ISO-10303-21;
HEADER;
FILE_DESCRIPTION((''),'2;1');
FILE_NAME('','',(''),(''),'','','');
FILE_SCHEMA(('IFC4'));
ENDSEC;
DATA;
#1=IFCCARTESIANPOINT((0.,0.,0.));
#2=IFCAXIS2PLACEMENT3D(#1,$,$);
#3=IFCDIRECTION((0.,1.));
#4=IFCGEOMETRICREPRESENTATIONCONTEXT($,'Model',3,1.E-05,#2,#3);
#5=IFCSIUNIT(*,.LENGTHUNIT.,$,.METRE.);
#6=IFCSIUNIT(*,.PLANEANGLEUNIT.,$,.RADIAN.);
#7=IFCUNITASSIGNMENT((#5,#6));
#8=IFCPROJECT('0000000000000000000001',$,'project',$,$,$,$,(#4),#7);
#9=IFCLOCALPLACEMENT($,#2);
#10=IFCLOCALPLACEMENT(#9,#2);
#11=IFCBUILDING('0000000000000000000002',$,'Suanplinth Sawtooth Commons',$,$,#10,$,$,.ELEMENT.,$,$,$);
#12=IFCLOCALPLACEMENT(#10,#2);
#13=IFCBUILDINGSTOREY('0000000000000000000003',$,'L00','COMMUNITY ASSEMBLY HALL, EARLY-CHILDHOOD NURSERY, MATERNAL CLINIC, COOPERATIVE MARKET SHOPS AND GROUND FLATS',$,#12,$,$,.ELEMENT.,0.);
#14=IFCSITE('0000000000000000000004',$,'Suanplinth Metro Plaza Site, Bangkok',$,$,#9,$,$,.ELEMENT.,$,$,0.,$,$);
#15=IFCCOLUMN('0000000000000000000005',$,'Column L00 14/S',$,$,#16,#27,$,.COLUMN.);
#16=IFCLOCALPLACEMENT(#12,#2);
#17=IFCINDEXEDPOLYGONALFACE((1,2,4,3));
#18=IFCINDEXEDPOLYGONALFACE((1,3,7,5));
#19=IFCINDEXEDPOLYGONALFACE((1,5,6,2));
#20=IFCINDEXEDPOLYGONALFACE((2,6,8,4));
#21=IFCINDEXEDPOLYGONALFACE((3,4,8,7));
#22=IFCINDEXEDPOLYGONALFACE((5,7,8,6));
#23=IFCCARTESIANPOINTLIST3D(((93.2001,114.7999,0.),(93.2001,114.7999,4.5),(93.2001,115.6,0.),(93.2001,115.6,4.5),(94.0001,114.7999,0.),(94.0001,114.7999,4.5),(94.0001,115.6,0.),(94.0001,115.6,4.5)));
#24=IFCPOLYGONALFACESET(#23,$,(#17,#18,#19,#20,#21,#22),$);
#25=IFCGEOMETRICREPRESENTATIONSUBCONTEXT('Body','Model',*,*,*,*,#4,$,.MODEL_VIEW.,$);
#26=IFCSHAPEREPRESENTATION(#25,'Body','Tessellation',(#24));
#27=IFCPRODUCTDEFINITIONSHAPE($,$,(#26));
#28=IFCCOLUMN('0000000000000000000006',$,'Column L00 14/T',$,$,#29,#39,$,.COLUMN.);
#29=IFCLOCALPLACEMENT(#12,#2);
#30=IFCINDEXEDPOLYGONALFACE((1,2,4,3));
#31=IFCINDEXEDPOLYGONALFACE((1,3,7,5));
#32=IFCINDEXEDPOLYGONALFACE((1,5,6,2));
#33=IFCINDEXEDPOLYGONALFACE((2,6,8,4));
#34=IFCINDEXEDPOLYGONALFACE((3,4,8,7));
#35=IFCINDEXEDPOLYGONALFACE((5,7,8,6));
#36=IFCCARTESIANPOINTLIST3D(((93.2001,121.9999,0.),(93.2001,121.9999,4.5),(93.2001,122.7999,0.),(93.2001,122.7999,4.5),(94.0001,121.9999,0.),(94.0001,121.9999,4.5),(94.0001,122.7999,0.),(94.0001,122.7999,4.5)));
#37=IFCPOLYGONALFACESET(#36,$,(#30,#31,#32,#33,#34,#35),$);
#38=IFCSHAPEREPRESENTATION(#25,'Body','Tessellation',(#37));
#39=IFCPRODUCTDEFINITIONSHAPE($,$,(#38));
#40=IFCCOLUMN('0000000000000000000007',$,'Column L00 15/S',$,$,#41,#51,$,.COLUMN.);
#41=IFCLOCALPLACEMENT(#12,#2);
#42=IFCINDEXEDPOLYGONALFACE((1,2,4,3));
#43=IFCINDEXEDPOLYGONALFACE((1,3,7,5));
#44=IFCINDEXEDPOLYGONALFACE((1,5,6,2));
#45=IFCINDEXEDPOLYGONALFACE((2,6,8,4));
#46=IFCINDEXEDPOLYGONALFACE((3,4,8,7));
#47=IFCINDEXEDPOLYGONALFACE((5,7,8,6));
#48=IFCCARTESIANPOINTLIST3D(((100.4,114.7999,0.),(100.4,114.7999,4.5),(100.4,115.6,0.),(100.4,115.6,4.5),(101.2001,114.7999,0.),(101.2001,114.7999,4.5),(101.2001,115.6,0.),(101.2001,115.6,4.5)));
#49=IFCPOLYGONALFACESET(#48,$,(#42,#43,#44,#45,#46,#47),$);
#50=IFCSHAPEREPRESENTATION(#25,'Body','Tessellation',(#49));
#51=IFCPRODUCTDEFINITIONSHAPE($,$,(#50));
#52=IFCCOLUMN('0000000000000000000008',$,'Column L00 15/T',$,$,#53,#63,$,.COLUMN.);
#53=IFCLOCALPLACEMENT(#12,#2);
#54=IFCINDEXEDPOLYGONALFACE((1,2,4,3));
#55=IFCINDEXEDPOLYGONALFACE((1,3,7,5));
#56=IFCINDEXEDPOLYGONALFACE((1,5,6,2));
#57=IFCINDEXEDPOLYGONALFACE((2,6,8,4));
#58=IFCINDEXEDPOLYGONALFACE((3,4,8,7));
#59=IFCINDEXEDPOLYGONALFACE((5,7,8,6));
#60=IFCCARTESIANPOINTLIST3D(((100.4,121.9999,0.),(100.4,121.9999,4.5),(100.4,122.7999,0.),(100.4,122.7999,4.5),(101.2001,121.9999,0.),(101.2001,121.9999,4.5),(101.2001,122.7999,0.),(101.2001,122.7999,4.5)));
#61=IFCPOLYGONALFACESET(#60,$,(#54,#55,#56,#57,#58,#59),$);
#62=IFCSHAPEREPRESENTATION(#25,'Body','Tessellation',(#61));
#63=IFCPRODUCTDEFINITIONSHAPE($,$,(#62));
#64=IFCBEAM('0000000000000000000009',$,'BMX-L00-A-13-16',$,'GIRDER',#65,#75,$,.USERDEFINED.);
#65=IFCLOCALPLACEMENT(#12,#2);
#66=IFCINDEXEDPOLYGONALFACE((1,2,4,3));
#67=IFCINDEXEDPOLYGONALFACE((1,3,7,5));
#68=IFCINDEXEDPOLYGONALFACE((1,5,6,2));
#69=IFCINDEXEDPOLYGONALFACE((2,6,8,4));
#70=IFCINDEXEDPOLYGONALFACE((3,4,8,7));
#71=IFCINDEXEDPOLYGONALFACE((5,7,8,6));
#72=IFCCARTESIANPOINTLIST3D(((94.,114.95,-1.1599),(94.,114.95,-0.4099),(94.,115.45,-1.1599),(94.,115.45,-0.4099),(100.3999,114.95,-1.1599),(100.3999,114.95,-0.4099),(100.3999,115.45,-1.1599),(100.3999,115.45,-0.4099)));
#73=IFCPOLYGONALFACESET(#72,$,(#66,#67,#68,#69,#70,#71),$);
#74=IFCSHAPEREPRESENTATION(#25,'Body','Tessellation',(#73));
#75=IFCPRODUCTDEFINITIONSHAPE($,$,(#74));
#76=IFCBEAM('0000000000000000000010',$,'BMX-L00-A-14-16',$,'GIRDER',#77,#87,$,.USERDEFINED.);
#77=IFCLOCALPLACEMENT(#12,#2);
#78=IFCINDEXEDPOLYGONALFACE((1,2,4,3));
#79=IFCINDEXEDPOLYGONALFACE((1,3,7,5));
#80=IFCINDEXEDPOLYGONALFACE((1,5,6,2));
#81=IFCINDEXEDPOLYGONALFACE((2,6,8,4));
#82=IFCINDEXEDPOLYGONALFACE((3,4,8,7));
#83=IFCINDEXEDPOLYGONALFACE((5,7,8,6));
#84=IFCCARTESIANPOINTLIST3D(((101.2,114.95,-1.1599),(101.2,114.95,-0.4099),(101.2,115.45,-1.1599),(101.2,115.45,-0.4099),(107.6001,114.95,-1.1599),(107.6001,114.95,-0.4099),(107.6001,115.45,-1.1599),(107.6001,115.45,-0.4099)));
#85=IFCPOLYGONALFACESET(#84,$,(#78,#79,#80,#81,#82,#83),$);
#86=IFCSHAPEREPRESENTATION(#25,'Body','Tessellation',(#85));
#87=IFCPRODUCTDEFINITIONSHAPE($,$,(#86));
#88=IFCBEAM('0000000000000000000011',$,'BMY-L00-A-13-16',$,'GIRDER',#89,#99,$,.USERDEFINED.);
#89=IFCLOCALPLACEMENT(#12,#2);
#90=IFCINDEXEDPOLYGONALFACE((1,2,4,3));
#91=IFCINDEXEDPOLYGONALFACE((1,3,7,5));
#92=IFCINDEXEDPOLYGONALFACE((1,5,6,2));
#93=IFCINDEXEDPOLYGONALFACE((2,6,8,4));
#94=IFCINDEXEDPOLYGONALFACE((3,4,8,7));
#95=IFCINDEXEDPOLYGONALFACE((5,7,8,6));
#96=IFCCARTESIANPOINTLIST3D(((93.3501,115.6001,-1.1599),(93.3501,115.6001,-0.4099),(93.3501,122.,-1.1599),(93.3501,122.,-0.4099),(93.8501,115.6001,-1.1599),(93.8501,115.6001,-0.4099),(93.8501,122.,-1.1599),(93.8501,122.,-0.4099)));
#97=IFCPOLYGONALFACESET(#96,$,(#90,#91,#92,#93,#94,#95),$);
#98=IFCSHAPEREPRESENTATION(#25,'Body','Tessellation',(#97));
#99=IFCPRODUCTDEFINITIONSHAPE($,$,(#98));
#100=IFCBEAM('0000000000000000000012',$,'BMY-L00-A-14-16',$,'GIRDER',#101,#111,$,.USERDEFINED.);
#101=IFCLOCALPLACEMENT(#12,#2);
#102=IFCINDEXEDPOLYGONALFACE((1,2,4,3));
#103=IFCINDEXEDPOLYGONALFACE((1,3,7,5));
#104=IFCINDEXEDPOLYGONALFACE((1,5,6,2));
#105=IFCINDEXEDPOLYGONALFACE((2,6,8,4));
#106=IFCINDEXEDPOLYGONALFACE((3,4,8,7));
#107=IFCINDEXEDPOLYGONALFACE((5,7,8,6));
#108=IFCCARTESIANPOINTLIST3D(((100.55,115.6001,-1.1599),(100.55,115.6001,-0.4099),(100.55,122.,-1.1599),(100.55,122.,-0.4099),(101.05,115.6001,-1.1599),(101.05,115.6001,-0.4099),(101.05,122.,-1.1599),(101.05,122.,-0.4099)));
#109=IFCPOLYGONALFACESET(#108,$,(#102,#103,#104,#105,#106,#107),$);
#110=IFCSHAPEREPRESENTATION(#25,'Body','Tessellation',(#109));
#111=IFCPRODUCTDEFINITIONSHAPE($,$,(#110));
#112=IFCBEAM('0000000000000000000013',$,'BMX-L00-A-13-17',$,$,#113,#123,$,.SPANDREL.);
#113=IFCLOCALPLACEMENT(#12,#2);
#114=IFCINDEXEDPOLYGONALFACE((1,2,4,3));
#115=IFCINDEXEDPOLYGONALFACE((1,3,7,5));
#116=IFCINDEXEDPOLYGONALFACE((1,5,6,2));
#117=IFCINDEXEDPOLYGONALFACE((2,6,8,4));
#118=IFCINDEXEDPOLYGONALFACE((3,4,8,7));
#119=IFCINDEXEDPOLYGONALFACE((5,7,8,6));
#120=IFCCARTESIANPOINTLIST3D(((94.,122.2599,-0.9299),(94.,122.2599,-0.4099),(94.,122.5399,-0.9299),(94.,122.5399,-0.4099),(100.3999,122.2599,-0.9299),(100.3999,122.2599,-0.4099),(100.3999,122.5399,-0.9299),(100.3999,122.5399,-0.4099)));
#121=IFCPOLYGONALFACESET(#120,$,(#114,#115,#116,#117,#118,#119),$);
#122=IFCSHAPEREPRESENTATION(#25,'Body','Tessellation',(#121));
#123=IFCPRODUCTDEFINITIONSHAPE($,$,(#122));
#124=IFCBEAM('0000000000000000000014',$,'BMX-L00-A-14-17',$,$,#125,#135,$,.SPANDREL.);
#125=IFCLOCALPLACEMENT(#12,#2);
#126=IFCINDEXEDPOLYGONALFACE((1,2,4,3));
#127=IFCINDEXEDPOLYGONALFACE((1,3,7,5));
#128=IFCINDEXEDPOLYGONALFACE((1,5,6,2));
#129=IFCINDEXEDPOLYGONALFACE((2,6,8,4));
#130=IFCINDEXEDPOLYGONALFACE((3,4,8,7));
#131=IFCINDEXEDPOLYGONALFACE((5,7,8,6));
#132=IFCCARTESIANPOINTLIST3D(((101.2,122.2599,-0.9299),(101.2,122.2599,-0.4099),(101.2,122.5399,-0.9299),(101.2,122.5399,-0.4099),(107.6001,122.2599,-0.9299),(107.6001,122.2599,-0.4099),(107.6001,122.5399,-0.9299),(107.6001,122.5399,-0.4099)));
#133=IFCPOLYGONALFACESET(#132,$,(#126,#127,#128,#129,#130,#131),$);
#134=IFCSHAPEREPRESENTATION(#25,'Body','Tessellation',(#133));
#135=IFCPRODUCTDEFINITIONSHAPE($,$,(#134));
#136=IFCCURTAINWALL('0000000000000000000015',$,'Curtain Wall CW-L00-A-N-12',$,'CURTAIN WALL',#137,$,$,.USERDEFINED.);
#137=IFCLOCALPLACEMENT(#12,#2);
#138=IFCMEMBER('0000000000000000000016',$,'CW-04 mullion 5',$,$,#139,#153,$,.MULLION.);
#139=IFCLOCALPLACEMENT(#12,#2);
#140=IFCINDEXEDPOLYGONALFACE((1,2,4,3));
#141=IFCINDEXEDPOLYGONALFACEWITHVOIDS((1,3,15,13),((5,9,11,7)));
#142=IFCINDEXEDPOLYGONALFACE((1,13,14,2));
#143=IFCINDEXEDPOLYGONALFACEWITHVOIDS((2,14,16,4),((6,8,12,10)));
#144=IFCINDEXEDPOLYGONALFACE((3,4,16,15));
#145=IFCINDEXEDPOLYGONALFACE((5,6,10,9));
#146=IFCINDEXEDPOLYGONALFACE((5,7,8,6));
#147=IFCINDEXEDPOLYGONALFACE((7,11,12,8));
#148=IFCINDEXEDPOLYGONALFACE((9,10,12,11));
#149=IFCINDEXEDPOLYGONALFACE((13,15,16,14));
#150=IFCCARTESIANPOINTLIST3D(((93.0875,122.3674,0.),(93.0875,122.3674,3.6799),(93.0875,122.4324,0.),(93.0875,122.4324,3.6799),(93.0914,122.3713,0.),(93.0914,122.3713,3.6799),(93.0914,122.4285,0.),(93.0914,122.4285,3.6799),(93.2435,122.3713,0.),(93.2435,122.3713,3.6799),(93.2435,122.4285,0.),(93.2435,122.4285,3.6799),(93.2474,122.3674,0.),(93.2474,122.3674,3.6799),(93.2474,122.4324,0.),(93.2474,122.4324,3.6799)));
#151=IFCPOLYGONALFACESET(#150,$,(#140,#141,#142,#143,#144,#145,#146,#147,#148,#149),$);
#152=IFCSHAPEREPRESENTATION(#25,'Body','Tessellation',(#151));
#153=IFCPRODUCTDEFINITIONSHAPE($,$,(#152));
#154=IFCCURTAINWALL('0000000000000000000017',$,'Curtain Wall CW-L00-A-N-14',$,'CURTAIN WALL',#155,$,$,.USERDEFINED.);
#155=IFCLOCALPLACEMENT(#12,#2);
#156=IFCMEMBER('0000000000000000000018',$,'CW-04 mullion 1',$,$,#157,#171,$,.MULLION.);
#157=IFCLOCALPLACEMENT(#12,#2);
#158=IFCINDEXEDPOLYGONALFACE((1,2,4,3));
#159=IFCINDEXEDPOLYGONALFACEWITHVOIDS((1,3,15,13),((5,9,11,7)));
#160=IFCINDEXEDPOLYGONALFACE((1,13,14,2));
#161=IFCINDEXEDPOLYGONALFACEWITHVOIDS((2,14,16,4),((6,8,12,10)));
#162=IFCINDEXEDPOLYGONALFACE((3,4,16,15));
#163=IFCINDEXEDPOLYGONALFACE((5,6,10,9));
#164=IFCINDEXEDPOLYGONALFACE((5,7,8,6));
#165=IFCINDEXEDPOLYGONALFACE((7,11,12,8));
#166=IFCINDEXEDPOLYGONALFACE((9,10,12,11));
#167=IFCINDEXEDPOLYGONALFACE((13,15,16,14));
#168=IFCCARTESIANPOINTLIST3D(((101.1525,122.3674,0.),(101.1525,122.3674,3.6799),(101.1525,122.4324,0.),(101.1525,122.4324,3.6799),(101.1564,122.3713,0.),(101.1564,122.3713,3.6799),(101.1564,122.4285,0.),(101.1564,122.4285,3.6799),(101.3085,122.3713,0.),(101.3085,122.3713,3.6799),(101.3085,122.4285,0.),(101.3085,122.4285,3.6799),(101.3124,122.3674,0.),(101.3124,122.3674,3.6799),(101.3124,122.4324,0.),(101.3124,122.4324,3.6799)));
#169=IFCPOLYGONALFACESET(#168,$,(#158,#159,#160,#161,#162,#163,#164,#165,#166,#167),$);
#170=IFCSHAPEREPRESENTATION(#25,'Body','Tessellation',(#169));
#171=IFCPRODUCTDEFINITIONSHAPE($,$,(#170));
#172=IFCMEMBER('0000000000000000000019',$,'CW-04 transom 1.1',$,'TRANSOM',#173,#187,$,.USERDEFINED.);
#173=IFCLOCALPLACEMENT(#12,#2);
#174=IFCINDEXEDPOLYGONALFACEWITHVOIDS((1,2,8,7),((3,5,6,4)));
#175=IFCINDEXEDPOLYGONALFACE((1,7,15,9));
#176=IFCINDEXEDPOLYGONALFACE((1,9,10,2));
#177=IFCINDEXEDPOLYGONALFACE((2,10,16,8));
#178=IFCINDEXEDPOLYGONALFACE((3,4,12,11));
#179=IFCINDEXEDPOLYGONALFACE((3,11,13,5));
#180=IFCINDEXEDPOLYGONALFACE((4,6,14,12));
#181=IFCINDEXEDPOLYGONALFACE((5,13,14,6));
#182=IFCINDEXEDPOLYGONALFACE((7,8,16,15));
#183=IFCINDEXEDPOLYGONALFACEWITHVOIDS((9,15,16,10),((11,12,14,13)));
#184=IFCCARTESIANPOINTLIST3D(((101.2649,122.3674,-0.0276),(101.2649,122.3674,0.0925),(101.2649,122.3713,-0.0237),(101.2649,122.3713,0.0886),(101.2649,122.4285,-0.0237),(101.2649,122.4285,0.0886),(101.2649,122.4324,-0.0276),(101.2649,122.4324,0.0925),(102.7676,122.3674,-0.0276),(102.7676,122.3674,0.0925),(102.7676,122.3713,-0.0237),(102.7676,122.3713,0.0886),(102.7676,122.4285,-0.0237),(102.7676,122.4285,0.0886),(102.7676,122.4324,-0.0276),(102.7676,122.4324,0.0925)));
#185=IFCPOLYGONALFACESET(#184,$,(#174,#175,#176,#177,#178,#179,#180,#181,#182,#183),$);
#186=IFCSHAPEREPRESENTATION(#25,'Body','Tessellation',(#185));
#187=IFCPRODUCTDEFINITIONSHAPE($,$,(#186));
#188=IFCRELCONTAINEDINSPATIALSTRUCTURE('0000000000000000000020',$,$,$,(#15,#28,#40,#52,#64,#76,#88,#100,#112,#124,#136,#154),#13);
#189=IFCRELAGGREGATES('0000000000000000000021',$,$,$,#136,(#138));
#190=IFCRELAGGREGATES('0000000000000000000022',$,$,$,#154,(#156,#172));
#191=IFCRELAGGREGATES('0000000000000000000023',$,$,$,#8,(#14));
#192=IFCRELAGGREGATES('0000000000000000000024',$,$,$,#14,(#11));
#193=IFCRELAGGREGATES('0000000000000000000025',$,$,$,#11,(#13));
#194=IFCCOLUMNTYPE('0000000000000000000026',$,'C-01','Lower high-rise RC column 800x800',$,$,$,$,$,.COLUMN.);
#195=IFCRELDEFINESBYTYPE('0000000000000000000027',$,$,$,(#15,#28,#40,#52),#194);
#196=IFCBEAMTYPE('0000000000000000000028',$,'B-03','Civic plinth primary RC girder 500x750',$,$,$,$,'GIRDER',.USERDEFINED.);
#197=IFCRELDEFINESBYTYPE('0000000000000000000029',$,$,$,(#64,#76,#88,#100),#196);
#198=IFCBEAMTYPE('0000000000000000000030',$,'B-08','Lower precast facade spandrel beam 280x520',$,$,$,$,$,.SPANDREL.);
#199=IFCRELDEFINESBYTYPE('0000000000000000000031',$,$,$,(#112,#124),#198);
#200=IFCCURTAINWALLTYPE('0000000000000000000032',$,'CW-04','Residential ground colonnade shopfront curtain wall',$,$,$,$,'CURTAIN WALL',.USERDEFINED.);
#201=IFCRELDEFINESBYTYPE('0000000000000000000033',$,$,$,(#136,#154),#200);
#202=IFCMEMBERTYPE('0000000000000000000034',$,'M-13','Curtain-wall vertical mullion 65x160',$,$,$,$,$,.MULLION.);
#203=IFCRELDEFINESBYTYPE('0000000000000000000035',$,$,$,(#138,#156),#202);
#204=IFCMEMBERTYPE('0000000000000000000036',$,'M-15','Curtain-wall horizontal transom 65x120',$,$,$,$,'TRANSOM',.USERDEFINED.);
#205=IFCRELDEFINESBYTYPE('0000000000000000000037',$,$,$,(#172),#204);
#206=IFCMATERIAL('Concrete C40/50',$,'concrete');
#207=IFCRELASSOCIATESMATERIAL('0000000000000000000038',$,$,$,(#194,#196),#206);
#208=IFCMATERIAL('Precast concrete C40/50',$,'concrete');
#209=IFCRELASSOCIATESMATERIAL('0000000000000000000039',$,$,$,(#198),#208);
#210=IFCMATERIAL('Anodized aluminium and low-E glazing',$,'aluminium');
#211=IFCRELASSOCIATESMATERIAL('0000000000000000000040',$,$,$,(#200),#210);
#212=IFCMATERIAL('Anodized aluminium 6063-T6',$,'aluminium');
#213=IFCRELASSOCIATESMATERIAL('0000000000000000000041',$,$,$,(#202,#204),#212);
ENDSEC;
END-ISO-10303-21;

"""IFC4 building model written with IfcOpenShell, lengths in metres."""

from ifc_helpers import new_model, si_unit, direction, frame, origin, origin_2d, place, context, subcontext, project, spatial, rectangle, hollow_rectangle, extrude, material, material_profile, profile_set, type_object, element, aggregate, save


model = new_model("IFC4")

# Units and contexts
model_context = context("Model", 3, precision=1e-05, world=origin(), true_north=direction((0.0, 1.0)))
body_context = subcontext(model_context, "Body", "Model", "MODEL_VIEW")
ifc_project = project(units=[si_unit("LENGTHUNIT", "METRE"), si_unit("PLANEANGLEUNIT", "RADIAN")], contexts=[model_context])

# Site, building, storey
site_placement = place(None, origin())
site = spatial("IfcSite", under=ifc_project, at=site_placement, Name="Suanplinth Metro Plaza Site, Bangkok", CompositionType="ELEMENT", RefElevation=0.0)
building_placement = place(site_placement, origin())
building = spatial("IfcBuilding", under=site, at=building_placement, Name="Suanplinth Sawtooth Commons", CompositionType="ELEMENT")
storey_placement = place(building_placement, origin())
storey = spatial("IfcBuildingStorey", under=building, at=storey_placement, Name="L00", Description="COMMUNITY ASSEMBLY HALL, EARLY-CHILDHOOD NURSERY, MATERNAL CLINIC, COOPERATIVE MARKET SHOPS AND GROUND FLATS", CompositionType="ELEMENT", Elevation=0.0)

# Columns
ifc_material_1 = material(Name="Concrete C40/50", Category="concrete")
ifc_material_profile_1 = material_profile(ifc_material_1, rectangle(XDim=0.8, YDim=0.8, at=origin_2d()), Name="RC-COL 800x800")
ifc_profile_set_1 = profile_set([ifc_material_profile_1], Name="Concrete C40/50")
column_type = type_object("IfcColumnType", Name="C-01", Description="Lower high-rise RC column 800x800", PredefinedType="COLUMN", material=ifc_profile_set_1)
for number, where, z_axis, x_axis, name in (
    (1, (93.6001, 115.2, 0.0), (0.0, 0.0, 1.0), (1.0, 0.0, 0.0), "Column L00 14/S"),
    (2, (93.6001, 122.3999, 0.0), (0.0, 0.0, 1.0), (1.0, 0.0, 0.0), "Column L00 14/T"),
    (3, (100.8, 115.2, 0.0), (0.0, 0.0, 1.0), (1.0, 0.0, 0.0), "Column L00 15/S"),
    (4, (100.8, 122.3999, 0.0), (0.0, 0.0, 1.0), (1.0, 0.0, 0.0), "Column L00 15/T"),
):
    element("IfcColumn", number, at=place(storey_placement, frame(where, z_axis=z_axis, x_axis=x_axis)), inside=storey, type_object=column_type, Name=name, PredefinedType="COLUMN", context=body_context, shape_type="SweptSolid", body=[
        extrude(rectangle(XDim=0.8, YDim=0.8, at=origin_2d()), origin(), (0.0, 0.0, 1.0), 4.5),
    ])

# Beams
ifc_material_profile_2 = material_profile(ifc_material_1, rectangle(XDim=0.5, YDim=0.75, at=origin_2d()), Name="RC-GDR 500x750")
ifc_profile_set_2 = profile_set([ifc_material_profile_2], Name="Concrete C40/50")
beam_type_1 = type_object("IfcBeamType", Name="B-03", Description="Civic plinth primary RC girder 500x750", ElementType="GIRDER", PredefinedType="USERDEFINED", material=ifc_profile_set_2)
beam_1_placement = place(storey_placement, frame((94.0, 115.2, -0.7849), z_axis=(1.0, 0.0, 0.0), x_axis=(0.0, 1.0, 0.0)))
element("IfcBeam", 5, at=beam_1_placement, inside=storey, type_object=beam_type_1, Name="BMX-L00-A-13-16", ObjectType="GIRDER", PredefinedType="USERDEFINED", context=body_context, shape_type="SweptSolid", body=[
    extrude(rectangle(XDim=0.5, YDim=0.75, at=origin_2d()), origin(), (0.0, 0.0, 1.0), 6.3999),
])
beam_2_placement = place(storey_placement, frame((101.2, 115.2, -0.7849), z_axis=(1.0, 0.0, 0.0), x_axis=(0.0, 1.0, 0.0)))
element("IfcBeam", 6, at=beam_2_placement, inside=storey, type_object=beam_type_1, Name="BMX-L00-A-14-16", ObjectType="GIRDER", PredefinedType="USERDEFINED", context=body_context, shape_type="SweptSolid", body=[
    extrude(rectangle(XDim=0.5, YDim=0.75, at=origin_2d()), origin(), (0.0, 0.0, 1.0), 6.4001),
])
for number, where, z_axis, x_axis, name in (
    (7, (93.6001, 115.6001, -0.7849), (0.0, 1.0, 0.0), (-1.0, 0.0, 0.0), "BMY-L00-A-13-16"),
    (8, (100.8, 115.6001, -0.7849), (0.0, 1.0, 0.0), (-1.0, 0.0, 0.0), "BMY-L00-A-14-16"),
):
    element("IfcBeam", number, at=place(storey_placement, frame(where, z_axis=z_axis, x_axis=x_axis)), inside=storey, type_object=beam_type_1, Name=name, ObjectType="GIRDER", PredefinedType="USERDEFINED", context=body_context, shape_type="SweptSolid", body=[
        extrude(rectangle(XDim=0.5, YDim=0.75, at=origin_2d()), origin(), (0.0, 0.0, 1.0), 6.3999),
    ])
ifc_material_2 = material(Name="Precast concrete C40/50", Category="concrete")
ifc_material_profile_3 = material_profile(ifc_material_2, rectangle(XDim=0.28, YDim=0.52, at=origin_2d()), Name="PC-SP 280x520")
ifc_profile_set_3 = profile_set([ifc_material_profile_3], Name="Precast concrete C40/50")
beam_type_2 = type_object("IfcBeamType", Name="B-08", Description="Lower precast facade spandrel beam 280x520", PredefinedType="SPANDREL", material=ifc_profile_set_3)
beam_3_placement = place(storey_placement, frame((94.0, 122.3999, -0.6699), z_axis=(1.0, 0.0, 0.0), x_axis=(0.0, 1.0, 0.0)))
element("IfcBeam", 9, at=beam_3_placement, inside=storey, type_object=beam_type_2, Name="BMX-L00-A-13-17", PredefinedType="SPANDREL", context=body_context, shape_type="SweptSolid", body=[
    extrude(rectangle(XDim=0.28, YDim=0.52, at=origin_2d()), origin(), (0.0, 0.0, 1.0), 6.3999),
])
beam_4_placement = place(storey_placement, frame((101.2, 122.3999, -0.6699), z_axis=(1.0, 0.0, 0.0), x_axis=(0.0, 1.0, 0.0)))
element("IfcBeam", 10, at=beam_4_placement, inside=storey, type_object=beam_type_2, Name="BMX-L00-A-14-17", PredefinedType="SPANDREL", context=body_context, shape_type="SweptSolid", body=[
    extrude(rectangle(XDim=0.28, YDim=0.52, at=origin_2d()), origin(), (0.0, 0.0, 1.0), 6.4001),
])

# Curtain wall, member
ifc_material_3 = material(Name="Anodized aluminium and low-E glazing", Category="aluminium")
curtain_wall_type = type_object("IfcCurtainWallType", Name="CW-04", Description="Residential ground colonnade shopfront curtain wall", ElementType="CURTAIN WALL", PredefinedType="USERDEFINED", material=ifc_material_3)
curtain_wall_1_placement = place(storey_placement, origin())
curtain_wall_1 = element("IfcCurtainWall", 11, at=curtain_wall_1_placement, inside=storey, type_object=curtain_wall_type, Name="Curtain Wall CW-L00-A-N-12", ObjectType="CURTAIN WALL", PredefinedType="USERDEFINED")
ifc_material_4 = material(Name="Anodized aluminium 6063-T6", Category="aluminium")
ifc_material_profile_4 = material_profile(ifc_material_4, hollow_rectangle(XDim=0.0649, YDim=0.1599, WallThickness=0.0039, at=origin_2d()), Name="ALU-MUL 65x160")
ifc_profile_set_4 = profile_set([ifc_material_profile_4], Name="Anodized aluminium 6063-T6")
member_type_1 = type_object("IfcMemberType", Name="M-13", Description="Curtain-wall vertical mullion 65x160", PredefinedType="MULLION", material=ifc_profile_set_4)
member_1_placement = place(storey_placement, frame((93.1675, 122.3999, 0.0), z_axis=(0.0, 0.0, 1.0), x_axis=(0.0, 1.0, 0.0)))
member_1 = element("IfcMember", 12, at=member_1_placement, type_object=member_type_1, Name="CW-04 mullion 5", PredefinedType="MULLION", context=body_context, shape_type="SweptSolid", body=[
    extrude(hollow_rectangle(XDim=0.0649, YDim=0.1599, WallThickness=0.0039, at=origin_2d()), origin(), (0.0, 0.0, 1.0), 3.6799),
])
aggregate(curtain_wall_1, [member_1])

# Curtain wall, members
curtain_wall_2_placement = place(storey_placement, origin())
curtain_wall_2 = element("IfcCurtainWall", 13, at=curtain_wall_2_placement, inside=storey, type_object=curtain_wall_type, Name="Curtain Wall CW-L00-A-N-14", ObjectType="CURTAIN WALL", PredefinedType="USERDEFINED")
member_2_placement = place(storey_placement, frame((101.2324, 122.3999, 0.0), z_axis=(0.0, 0.0, 1.0), x_axis=(0.0, 1.0, 0.0)))
member_2 = element("IfcMember", 14, at=member_2_placement, type_object=member_type_1, Name="CW-04 mullion 1", PredefinedType="MULLION", context=body_context, shape_type="SweptSolid", body=[
    extrude(hollow_rectangle(XDim=0.0649, YDim=0.1599, WallThickness=0.0039, at=origin_2d()), origin(), (0.0, 0.0, 1.0), 3.6799),
])
ifc_material_profile_5 = material_profile(ifc_material_4, hollow_rectangle(XDim=0.0649, YDim=0.1201, WallThickness=0.0039, at=origin_2d()), Name="ALU-TRN 65x120")
ifc_profile_set_5 = profile_set([ifc_material_profile_5], Name="Anodized aluminium 6063-T6")
member_type_2 = type_object("IfcMemberType", Name="M-15", Description="Curtain-wall horizontal transom 65x120", ElementType="TRANSOM", PredefinedType="USERDEFINED", material=ifc_profile_set_5)
member_3_placement = place(storey_placement, frame((101.2649, 122.3999, 0.0325), z_axis=(1.0, 0.0, 0.0), x_axis=(0.0, 1.0, 0.0)))
member_3 = element("IfcMember", 15, at=member_3_placement, type_object=member_type_2, Name="CW-04 transom 1.1", ObjectType="TRANSOM", PredefinedType="USERDEFINED", context=body_context, shape_type="SweptSolid", body=[
    extrude(hollow_rectangle(XDim=0.0649, YDim=0.1201, WallThickness=0.0039, at=origin_2d()), origin(), (0.0, 0.0, 1.0), 1.5027),
])
aggregate(curtain_wall_2, [member_2, member_3])

save(model, "model.ifc")
